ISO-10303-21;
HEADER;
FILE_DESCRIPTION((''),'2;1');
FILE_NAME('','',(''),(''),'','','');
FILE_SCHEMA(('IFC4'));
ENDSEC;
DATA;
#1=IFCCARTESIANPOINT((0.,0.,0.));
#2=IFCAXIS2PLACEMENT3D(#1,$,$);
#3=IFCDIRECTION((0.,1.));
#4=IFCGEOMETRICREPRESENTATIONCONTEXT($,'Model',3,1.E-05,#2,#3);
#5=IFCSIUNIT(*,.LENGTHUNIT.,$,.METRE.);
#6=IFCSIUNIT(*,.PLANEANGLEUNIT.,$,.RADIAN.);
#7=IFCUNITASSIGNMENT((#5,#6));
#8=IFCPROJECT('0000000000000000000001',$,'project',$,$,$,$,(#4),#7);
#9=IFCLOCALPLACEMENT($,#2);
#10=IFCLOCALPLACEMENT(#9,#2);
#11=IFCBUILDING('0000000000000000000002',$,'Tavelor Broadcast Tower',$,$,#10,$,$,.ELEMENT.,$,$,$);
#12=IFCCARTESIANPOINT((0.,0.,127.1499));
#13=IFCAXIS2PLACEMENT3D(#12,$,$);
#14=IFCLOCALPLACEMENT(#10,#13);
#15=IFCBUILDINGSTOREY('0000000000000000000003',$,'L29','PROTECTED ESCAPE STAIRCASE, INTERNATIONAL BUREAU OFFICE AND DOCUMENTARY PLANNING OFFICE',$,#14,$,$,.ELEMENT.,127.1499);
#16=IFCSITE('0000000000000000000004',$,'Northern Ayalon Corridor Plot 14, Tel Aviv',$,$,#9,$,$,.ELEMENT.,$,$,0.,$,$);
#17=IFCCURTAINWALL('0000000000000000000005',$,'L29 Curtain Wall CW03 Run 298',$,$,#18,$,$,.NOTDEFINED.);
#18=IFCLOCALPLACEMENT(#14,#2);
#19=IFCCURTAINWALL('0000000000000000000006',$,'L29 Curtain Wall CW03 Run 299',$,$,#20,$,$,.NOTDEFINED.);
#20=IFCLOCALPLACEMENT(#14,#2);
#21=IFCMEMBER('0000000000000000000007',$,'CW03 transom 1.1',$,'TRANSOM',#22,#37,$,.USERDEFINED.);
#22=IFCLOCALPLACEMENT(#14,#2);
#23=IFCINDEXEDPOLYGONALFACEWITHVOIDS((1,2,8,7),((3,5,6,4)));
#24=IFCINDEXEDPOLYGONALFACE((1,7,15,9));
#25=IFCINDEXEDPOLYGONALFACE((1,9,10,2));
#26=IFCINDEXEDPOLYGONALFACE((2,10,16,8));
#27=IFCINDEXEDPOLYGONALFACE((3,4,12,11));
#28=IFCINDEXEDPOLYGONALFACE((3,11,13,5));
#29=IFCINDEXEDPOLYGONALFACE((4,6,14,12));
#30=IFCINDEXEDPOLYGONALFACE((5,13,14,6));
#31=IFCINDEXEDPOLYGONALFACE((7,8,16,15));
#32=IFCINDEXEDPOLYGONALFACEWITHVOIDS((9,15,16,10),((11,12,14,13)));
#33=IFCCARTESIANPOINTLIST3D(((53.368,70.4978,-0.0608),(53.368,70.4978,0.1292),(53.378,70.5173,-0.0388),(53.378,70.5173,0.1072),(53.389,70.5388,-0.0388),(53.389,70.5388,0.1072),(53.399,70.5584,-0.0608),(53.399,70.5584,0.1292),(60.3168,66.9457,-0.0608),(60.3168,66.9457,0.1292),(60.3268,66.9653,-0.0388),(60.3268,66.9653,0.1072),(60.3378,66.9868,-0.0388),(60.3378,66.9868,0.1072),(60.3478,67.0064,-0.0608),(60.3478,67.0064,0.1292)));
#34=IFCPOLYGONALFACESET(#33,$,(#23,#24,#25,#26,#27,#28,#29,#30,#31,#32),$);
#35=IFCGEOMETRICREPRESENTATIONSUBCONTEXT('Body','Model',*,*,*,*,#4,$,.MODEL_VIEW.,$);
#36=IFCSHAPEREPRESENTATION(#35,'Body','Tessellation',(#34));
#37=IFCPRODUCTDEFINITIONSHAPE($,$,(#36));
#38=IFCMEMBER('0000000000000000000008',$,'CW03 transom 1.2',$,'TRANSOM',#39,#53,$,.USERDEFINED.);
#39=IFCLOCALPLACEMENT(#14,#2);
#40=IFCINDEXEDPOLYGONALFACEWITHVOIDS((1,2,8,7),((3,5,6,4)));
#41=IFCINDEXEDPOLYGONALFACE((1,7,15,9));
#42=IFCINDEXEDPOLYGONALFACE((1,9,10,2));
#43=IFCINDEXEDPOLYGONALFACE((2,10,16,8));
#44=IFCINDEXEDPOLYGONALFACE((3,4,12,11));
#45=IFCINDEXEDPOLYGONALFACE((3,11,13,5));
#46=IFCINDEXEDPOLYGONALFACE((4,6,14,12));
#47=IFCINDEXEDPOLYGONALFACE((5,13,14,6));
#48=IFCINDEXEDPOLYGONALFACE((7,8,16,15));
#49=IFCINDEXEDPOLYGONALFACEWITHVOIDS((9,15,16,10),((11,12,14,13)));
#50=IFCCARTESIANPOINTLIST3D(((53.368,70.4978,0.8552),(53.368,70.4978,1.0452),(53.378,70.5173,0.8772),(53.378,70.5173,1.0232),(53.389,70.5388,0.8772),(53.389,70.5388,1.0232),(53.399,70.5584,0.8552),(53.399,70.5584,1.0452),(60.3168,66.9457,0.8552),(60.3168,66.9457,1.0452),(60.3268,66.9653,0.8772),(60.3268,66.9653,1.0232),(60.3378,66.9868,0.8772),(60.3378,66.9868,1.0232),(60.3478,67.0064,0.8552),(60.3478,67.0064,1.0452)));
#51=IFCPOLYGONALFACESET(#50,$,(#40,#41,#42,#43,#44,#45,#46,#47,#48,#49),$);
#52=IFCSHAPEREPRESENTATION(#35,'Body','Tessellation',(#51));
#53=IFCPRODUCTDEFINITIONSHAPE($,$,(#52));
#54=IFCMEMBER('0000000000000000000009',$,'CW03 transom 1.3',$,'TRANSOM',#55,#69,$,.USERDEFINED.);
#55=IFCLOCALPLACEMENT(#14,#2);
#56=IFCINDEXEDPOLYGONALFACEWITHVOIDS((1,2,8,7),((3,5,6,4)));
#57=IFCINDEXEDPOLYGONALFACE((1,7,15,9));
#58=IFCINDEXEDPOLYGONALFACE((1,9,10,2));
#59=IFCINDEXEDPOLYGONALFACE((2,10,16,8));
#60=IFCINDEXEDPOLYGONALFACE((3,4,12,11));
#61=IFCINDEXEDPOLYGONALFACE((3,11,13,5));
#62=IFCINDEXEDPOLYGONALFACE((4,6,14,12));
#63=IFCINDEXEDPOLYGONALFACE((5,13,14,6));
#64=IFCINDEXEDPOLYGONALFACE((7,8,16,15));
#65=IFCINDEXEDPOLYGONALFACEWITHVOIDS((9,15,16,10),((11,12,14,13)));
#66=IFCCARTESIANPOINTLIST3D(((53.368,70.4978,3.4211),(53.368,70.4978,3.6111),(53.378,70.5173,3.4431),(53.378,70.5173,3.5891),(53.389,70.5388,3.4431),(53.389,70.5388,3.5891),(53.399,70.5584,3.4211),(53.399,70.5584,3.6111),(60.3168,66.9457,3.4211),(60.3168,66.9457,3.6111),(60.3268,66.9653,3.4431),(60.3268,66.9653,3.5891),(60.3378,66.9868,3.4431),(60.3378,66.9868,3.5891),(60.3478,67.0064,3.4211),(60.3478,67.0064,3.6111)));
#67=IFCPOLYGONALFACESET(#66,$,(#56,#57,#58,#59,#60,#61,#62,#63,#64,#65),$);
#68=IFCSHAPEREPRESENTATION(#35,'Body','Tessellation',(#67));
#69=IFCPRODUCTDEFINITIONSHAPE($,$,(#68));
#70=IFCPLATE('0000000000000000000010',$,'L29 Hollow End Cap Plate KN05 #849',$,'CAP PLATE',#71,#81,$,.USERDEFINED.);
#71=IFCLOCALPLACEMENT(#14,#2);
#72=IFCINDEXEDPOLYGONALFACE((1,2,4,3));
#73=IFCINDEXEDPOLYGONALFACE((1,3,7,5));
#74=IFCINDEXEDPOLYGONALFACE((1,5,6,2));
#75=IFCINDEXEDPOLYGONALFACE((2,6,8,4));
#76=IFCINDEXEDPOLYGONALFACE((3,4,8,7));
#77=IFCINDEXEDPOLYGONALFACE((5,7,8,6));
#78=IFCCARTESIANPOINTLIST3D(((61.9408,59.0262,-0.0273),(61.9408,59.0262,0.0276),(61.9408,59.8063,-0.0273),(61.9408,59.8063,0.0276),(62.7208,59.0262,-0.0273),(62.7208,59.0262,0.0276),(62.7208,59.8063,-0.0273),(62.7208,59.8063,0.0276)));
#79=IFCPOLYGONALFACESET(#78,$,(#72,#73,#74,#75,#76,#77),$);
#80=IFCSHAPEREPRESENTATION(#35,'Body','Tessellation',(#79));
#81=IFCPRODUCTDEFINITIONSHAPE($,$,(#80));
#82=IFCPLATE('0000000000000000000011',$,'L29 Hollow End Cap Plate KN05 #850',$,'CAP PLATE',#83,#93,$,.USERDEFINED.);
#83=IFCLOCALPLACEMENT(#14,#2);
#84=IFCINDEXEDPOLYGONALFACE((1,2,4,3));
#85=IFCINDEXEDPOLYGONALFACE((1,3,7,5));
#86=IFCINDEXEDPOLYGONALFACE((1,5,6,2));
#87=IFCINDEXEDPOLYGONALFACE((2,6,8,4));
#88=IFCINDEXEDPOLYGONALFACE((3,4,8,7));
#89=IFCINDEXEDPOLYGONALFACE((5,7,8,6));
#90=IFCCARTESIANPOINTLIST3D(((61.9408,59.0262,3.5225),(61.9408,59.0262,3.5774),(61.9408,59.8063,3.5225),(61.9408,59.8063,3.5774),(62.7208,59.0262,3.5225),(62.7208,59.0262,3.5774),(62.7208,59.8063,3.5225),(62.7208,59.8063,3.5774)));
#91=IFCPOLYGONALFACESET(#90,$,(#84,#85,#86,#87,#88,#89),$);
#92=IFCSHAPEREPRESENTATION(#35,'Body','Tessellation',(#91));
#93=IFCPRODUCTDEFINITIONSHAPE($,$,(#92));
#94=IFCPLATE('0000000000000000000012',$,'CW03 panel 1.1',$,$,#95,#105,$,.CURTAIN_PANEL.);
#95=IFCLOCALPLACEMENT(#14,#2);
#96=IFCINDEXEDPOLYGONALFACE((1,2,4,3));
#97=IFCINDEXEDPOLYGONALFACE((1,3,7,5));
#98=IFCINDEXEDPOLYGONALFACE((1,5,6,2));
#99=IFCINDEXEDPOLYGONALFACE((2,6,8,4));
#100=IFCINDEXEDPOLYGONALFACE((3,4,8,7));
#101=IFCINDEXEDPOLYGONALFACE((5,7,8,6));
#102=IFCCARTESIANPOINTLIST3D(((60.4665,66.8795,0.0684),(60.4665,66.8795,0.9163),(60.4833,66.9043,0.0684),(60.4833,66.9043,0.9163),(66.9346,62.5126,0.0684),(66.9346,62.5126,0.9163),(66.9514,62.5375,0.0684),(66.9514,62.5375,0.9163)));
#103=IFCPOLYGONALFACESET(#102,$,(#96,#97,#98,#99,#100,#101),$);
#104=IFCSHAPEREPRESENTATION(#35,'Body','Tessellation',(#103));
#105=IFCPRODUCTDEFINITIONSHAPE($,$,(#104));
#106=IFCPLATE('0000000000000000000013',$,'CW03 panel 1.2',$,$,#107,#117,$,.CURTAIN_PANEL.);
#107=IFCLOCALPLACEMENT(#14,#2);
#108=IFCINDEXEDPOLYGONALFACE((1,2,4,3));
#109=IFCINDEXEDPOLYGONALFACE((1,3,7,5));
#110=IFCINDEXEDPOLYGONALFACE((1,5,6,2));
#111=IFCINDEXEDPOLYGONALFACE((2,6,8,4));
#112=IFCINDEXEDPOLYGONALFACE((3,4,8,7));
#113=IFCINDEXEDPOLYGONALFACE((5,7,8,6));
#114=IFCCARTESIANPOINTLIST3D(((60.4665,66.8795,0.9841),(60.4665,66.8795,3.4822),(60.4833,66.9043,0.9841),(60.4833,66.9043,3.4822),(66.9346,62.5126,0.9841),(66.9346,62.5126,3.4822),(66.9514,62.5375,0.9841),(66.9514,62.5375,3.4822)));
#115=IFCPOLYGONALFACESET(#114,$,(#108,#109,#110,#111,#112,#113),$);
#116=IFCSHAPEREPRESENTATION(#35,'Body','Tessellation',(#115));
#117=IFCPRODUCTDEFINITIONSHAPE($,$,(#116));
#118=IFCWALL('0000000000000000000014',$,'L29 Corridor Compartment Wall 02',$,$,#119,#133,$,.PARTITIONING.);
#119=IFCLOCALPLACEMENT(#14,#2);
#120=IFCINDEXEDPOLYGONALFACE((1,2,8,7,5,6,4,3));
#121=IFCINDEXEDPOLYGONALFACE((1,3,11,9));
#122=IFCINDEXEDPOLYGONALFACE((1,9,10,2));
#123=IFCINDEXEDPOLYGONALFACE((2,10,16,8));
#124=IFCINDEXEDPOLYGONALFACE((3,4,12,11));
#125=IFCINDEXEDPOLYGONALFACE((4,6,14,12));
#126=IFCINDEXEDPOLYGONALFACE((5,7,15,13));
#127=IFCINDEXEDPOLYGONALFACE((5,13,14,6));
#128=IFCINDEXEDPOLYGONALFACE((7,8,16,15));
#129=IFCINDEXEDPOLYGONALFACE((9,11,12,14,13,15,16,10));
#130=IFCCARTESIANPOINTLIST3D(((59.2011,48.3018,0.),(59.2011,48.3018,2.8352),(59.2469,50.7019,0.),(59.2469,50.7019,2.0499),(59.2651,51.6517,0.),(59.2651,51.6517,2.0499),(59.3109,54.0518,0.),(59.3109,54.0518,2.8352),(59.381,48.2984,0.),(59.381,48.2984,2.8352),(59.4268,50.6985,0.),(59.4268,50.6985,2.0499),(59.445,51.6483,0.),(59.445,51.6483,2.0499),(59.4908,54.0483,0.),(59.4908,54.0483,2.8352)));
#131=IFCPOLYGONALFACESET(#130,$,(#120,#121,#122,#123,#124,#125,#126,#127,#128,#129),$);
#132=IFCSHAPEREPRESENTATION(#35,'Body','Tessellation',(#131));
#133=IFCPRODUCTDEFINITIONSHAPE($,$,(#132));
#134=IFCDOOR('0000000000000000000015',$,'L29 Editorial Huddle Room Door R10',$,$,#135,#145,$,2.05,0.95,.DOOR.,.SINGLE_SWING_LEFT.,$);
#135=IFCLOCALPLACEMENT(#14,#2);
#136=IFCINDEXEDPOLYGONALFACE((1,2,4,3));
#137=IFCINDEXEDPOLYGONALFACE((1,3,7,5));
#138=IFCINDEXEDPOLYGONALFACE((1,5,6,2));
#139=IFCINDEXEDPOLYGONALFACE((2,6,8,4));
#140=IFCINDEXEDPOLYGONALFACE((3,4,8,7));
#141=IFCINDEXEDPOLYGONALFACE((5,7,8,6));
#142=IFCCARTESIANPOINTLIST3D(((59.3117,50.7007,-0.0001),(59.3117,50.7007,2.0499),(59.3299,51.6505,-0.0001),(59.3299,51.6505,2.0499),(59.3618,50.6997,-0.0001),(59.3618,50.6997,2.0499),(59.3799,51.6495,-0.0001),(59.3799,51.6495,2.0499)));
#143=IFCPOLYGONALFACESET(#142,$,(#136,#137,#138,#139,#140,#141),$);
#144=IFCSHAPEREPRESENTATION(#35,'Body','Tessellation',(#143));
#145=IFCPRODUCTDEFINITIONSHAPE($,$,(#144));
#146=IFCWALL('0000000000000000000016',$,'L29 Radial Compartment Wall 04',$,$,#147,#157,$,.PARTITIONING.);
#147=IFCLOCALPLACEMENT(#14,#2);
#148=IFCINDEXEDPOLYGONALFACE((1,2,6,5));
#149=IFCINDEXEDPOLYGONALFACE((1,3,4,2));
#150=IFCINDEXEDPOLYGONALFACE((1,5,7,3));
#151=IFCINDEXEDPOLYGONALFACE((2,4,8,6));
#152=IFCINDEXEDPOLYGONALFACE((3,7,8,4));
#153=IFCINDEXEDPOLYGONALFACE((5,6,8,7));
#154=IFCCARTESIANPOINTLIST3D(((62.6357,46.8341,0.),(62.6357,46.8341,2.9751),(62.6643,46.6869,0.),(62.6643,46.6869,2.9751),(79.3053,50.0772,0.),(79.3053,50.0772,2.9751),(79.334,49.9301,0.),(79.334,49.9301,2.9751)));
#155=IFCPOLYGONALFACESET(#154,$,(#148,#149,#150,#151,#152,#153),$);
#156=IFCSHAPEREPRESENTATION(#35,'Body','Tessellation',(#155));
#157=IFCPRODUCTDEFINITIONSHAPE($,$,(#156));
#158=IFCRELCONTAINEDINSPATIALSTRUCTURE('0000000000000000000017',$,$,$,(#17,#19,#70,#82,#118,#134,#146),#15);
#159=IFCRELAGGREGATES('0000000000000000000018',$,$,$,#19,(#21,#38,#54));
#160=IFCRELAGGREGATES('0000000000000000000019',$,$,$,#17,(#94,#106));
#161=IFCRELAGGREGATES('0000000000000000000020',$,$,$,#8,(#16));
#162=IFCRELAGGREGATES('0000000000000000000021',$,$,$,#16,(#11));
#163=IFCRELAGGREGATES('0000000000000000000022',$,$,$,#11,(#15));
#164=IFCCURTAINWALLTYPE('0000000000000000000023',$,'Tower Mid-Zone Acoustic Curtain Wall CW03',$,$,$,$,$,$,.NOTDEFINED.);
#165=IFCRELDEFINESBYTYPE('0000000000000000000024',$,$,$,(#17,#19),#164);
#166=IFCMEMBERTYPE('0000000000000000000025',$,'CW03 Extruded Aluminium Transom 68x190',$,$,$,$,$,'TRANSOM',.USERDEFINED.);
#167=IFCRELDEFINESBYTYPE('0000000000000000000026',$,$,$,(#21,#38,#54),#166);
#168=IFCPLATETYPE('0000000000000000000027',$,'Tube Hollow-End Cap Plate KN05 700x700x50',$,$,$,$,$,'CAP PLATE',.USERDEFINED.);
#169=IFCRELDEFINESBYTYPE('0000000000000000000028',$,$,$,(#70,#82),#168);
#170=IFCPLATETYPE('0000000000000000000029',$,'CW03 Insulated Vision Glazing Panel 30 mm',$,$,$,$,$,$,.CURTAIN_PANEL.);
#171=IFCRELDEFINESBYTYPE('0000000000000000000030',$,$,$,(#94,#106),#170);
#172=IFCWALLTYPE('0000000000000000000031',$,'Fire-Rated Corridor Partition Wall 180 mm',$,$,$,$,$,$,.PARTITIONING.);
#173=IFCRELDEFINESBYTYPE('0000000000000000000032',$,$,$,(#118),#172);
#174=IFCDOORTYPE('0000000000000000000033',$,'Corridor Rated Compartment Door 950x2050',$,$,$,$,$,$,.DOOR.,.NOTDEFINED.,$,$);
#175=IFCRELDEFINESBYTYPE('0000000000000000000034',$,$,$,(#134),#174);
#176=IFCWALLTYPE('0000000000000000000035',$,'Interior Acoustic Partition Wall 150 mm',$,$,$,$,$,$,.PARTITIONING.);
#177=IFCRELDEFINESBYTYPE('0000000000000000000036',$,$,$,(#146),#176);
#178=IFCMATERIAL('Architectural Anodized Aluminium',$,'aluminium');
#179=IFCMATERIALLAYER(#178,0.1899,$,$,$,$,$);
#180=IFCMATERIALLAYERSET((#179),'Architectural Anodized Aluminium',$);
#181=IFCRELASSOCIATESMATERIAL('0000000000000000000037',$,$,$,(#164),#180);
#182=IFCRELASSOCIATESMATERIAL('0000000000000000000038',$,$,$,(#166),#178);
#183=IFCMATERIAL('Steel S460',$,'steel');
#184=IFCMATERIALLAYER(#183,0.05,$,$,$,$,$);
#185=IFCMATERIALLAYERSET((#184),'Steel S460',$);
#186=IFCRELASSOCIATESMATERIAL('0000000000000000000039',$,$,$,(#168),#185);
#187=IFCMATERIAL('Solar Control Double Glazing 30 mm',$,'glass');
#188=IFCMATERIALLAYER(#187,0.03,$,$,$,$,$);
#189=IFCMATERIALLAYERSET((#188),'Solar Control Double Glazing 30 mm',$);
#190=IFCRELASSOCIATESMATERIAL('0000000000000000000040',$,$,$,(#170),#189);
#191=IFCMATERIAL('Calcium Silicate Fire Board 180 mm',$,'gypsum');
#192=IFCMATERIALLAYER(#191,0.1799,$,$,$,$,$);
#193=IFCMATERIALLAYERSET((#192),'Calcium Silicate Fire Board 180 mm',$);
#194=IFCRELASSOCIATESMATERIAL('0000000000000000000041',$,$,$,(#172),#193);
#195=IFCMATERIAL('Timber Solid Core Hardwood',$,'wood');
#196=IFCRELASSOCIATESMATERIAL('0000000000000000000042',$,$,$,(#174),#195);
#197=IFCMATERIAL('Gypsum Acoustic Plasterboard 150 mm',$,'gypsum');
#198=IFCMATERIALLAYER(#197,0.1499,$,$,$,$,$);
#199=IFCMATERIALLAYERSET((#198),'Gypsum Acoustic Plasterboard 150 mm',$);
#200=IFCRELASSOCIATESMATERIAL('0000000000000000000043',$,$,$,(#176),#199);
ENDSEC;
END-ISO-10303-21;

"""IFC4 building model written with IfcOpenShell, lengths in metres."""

from ifc_helpers import new_model, si_unit, direction, frame, frame_2d, origin, origin_2d, place, context, subcontext, project, spatial, rectangle, hollow_rectangle, extrude, source, transform, mapped, material, layer, layer_set, material_profile, profile_set, type_object, type_shapes, element, fill, aggregate, save


model = new_model("IFC4")

# Units and contexts
model_context = context("Model", 3, precision=1e-05, world=origin(), true_north=direction((0.0, 1.0)))
body_context = subcontext(model_context, "Body", "Model", "MODEL_VIEW")
ifc_project = project(units=[si_unit("LENGTHUNIT", "METRE"), si_unit("PLANEANGLEUNIT", "RADIAN")], contexts=[model_context])

# Site, building, storey
site_placement = place(None, origin())
site = spatial("IfcSite", under=ifc_project, at=site_placement, Name="Northern Ayalon Corridor Plot 14, Tel Aviv", CompositionType="ELEMENT", RefElevation=0.0)
building_placement = place(site_placement, origin())
building = spatial("IfcBuilding", under=site, at=building_placement, Name="Tavelor Broadcast Tower", CompositionType="ELEMENT")
storey_placement = place(building_placement, frame((0.0, 0.0, 127.1499)))
storey = spatial("IfcBuildingStorey", under=building, at=storey_placement, Name="L29", Description="PROTECTED ESCAPE STAIRCASE, INTERNATIONAL BUREAU OFFICE AND DOCUMENTARY PLANNING OFFICE", CompositionType="ELEMENT", Elevation=127.1499)

# Shared definitions
ifc_material_1 = material(Name="Steel S460", Category="steel")

# Curtain wall
ifc_material_2 = material(Name="Architectural Anodized Aluminium", Category="aluminium")
ifc_layer_1 = layer(ifc_material_2, 0.1899)
ifc_layer_set_1 = layer_set([ifc_layer_1], Name="Architectural Anodized Aluminium")
curtain_wall_type = type_object("IfcCurtainWallType", Name="Tower Mid-Zone Acoustic Curtain Wall CW03", PredefinedType="NOTDEFINED", material=ifc_layer_set_1)
curtain_wall_1_placement = place(storey_placement, origin())
curtain_wall_1 = element("IfcCurtainWall", 1, at=curtain_wall_1_placement, inside=storey, type_object=curtain_wall_type, Name="L29 Curtain Wall CW03 Run 298", PredefinedType="NOTDEFINED")

# Curtain wall, members
curtain_wall_2_placement = place(storey_placement, origin())
curtain_wall_2 = element("IfcCurtainWall", 2, at=curtain_wall_2_placement, inside=storey, type_object=curtain_wall_type, Name="L29 Curtain Wall CW03 Run 299", PredefinedType="NOTDEFINED")
ifc_material_profile_1 = material_profile(ifc_material_2, hollow_rectangle(XDim=0.0681, YDim=0.1899, WallThickness=0.022, at=origin_2d()), Name="RHS 68x190x22")
ifc_profile_set_1 = profile_set([ifc_material_profile_1], Name="Architectural Anodized Aluminium")
member_type_1 = type_object("IfcMemberType", Name="CW03 Extruded Aluminium Transom 68x190", ElementType="TRANSOM", PredefinedType="USERDEFINED", material=ifc_profile_set_1)
shared_shape_1 = source(origin(), body_context, "Body", "SweptSolid", [
    extrude(hollow_rectangle(XDim=0.0681, YDim=0.1899, WallThickness=0.022, at=origin_2d()), origin(), (0.0, 0.0, 1.0), 7.804),
])
type_shapes(member_type_1, [shared_shape_1])
member_1_placement = place(storey_placement, frame((60.3323, 66.9761, 0.0342), z_axis=(-0.890412, 0.455155, 0.0), x_axis=(-0.455155, -0.890412, 0.0)))
member_1 = element("IfcMember", 3, at=member_1_placement, type_object=member_type_1, Name="CW03 transom 1.1", ObjectType="TRANSOM", PredefinedType="USERDEFINED", context=body_context, shape_type="MappedRepresentation", body=[
    mapped(shared_shape_1, transform((0.0, 0.0, 0.0), scale=1.0)),
])
member_2_placement = place(storey_placement, frame((60.3323, 66.9761, 0.9502), z_axis=(-0.890412, 0.455155, 0.0), x_axis=(-0.455155, -0.890412, 0.0)))
member_2 = element("IfcMember", 4, at=member_2_placement, type_object=member_type_1, Name="CW03 transom 1.2", ObjectType="TRANSOM", PredefinedType="USERDEFINED", context=body_context, shape_type="MappedRepresentation", body=[
    mapped(shared_shape_1, transform((0.0, 0.0, 0.0), scale=1.0)),
])
member_3_placement = place(storey_placement, frame((60.3323, 66.9761, 3.5161), z_axis=(-0.890412, 0.455155, 0.0), x_axis=(-0.455155, -0.890412, 0.0)))
member_3 = element("IfcMember", 5, at=member_3_placement, type_object=member_type_1, Name="CW03 transom 1.3", ObjectType="TRANSOM", PredefinedType="USERDEFINED", context=body_context, shape_type="MappedRepresentation", body=[
    mapped(shared_shape_1, transform((0.0, 0.0, 0.0), scale=1.0)),
])
aggregate(curtain_wall_2, [member_1, member_2, member_3])

# Plates
ifc_layer_2 = layer(ifc_material_1, 0.05)
ifc_layer_set_2 = layer_set([ifc_layer_2], Name="Steel S460")
plate_type_1 = type_object("IfcPlateType", Name="Tube Hollow-End Cap Plate KN05 700x700x50", ElementType="CAP PLATE", PredefinedType="USERDEFINED", material=ifc_layer_set_2)
shared_shape_2 = source(origin(), body_context, "Body", "SweptSolid", [
    extrude(rectangle(XDim=0.78, YDim=0.78, at=origin_2d()), origin(), (0.0, 0.0, 1.0), 0.0549),
])
type_shapes(plate_type_1, [shared_shape_2])
for number, where, z_axis, x_axis, name in (
    (6, (62.3308, 59.4163, -0.0273), (0.0, 0.0, 1.0), (1.0, 0.0, 0.0), "L29 Hollow End Cap Plate KN05 #849"),
    (7, (62.3308, 59.4163, 3.5225), (0.0, 0.0, 1.0), (1.0, 0.0, 0.0), "L29 Hollow End Cap Plate KN05 #850"),
):
    element("IfcPlate", number, at=place(storey_placement, frame(where, z_axis=z_axis, x_axis=x_axis)), inside=storey, type_object=plate_type_1, Name=name, ObjectType="CAP PLATE", PredefinedType="USERDEFINED", context=body_context, shape_type="MappedRepresentation", body=[
        mapped(shared_shape_2, transform((0.0, 0.0, 0.0), scale=1.0)),
    ])

# Plates
ifc_material_3 = material(Name="Solar Control Double Glazing 30 mm", Category="glass")
ifc_layer_3 = layer(ifc_material_3, 0.03)
ifc_layer_set_3 = layer_set([ifc_layer_3], Name="Solar Control Double Glazing 30 mm")
plate_type_2 = type_object("IfcPlateType", Name="CW03 Insulated Vision Glazing Panel 30 mm", PredefinedType="CURTAIN_PANEL", material=ifc_layer_set_3)
shared_shape_3 = source(origin(), body_context, "Body", "SweptSolid", [
    extrude(rectangle(XDim=7.8042, YDim=0.03, at=origin_2d()), origin(), (0.0, 0.0, 1.0), 0.8479),
])
plate_1_placement = place(storey_placement, frame((63.709, 64.7085, 0.0684), z_axis=(0.0, 0.0, 1.0), x_axis=(-0.828798, 0.559547, 0.0)))
plate_1 = element("IfcPlate", 8, at=plate_1_placement, type_object=plate_type_2, Name="CW03 panel 1.1", PredefinedType="CURTAIN_PANEL", context=body_context, shape_type="MappedRepresentation", body=[
    mapped(shared_shape_3, transform((0.0, 0.0, 0.0), scale=1.0)),
])
shared_shape_4 = source(origin(), body_context, "Body", "SweptSolid", [
    extrude(rectangle(XDim=7.8042, YDim=0.03, at=origin_2d()), origin(), (0.0, 0.0, 1.0), 2.498),
])
type_shapes(plate_type_2, [shared_shape_3, shared_shape_4])
plate_2_placement = place(storey_placement, frame((63.709, 64.7085, 0.9841), z_axis=(0.0, 0.0, 1.0), x_axis=(-0.828798, 0.559547, 0.0)))
plate_2 = element("IfcPlate", 9, at=plate_2_placement, type_object=plate_type_2, Name="CW03 panel 1.2", PredefinedType="CURTAIN_PANEL", context=body_context, shape_type="MappedRepresentation", body=[
    mapped(shared_shape_4, transform((0.0, 0.0, 0.0), scale=1.0)),
])
aggregate(curtain_wall_1, [plate_1, plate_2])

# Wall, opening, door
ifc_material_4 = material(Name="Calcium Silicate Fire Board 180 mm", Category="gypsum")
ifc_layer_4 = layer(ifc_material_4, 0.1799)
ifc_layer_set_4 = layer_set([ifc_layer_4], Name="Calcium Silicate Fire Board 180 mm")
wall_type_1 = type_object("IfcWallType", Name="Fire-Rated Corridor Partition Wall 180 mm", PredefinedType="PARTITIONING", material=ifc_layer_set_4)
wall_1_placement = place(storey_placement, frame((59.4009, 54.05, 0.0), z_axis=(0.0, 0.0, 1.0), x_axis=(-0.019103, -0.999818, 0.0)))
wall_1 = element("IfcWall", 10, at=wall_1_placement, inside=storey, type_object=wall_type_1, Name="L29 Corridor Compartment Wall 02", PredefinedType="PARTITIONING", context=body_context, shape_type="SweptSolid", body=[
    extrude(rectangle(XDim=5.751, YDim=0.1799, at=frame_2d((2.8755, 0.0))), origin(), (0.0, 0.0, 1.0), 2.8352),
])
opening_1_placement = place(wall_1_placement, frame((2.4004, 0.0, 0.0)))
opening_1 = element("IfcOpeningElement", 11, at=opening_1_placement, cuts=wall_1, PredefinedType="OPENING", context=body_context, shape_type="SweptSolid", body=[
    extrude(rectangle(XDim=0.95, YDim=2.05, at=frame_2d((0.4751, 1.0249))), frame((0.0, 0.1001, 0.0), z_axis=(0.0, -1.0, 0.0), x_axis=(1.0, 0.0, 0.0)), (0.0, 0.0, 1.0), 0.2),
])
ifc_material_5 = material(Name="Timber Solid Core Hardwood", Category="wood")
door_type_1 = type_object("IfcDoorType", Name="Corridor Rated Compartment Door 950x2050", OperationType="NOTDEFINED", PredefinedType="DOOR", material=ifc_material_5)
door_1_placement = place(opening_1_placement, origin())
door_1 = element("IfcDoor", 12, at=door_1_placement, inside=storey, type_object=door_type_1, Name="L29 Editorial Huddle Room Door R10", OperationType="SINGLE_SWING_LEFT", OverallHeight=2.05, OverallWidth=0.95, PredefinedType="DOOR", context=body_context, shape_type="SweptSolid", body=[
    extrude(rectangle(XDim=0.95, YDim=2.05, at=frame_2d((0.4751, 1.0249))), frame((0.0, 0.0249, 0.0), z_axis=(0.0, -1.0, 0.0), x_axis=(1.0, 0.0, 0.0)), (0.0, 0.0, 1.0), 0.05),
])
fill(opening_1, door_1)

# Wall
ifc_material_6 = material(Name="Gypsum Acoustic Plasterboard 150 mm", Category="gypsum")
ifc_layer_5 = layer(ifc_material_6, 0.1499)
ifc_layer_set_5 = layer_set([ifc_layer_5], Name="Gypsum Acoustic Plasterboard 150 mm")
wall_type_2 = type_object("IfcWallType", Name="Interior Acoustic Partition Wall 150 mm", PredefinedType="PARTITIONING", material=ifc_layer_set_5)
wall_2_placement = place(storey_placement, frame((62.6499, 46.7605, 0.0), z_axis=(0.0, 0.0, 1.0), x_axis=(0.981595, 0.190974, 0.0)))
element("IfcWall", 13, at=wall_2_placement, inside=storey, type_object=wall_type_2, Name="L29 Radial Compartment Wall 04", PredefinedType="PARTITIONING", context=body_context, shape_type="SweptSolid", body=[
    extrude(rectangle(XDim=16.9822, YDim=0.1499, at=frame_2d((8.4912, 0.0))), origin(), (0.0, 0.0, 1.0), 2.9751),
])

save(model, "model.ifc")
